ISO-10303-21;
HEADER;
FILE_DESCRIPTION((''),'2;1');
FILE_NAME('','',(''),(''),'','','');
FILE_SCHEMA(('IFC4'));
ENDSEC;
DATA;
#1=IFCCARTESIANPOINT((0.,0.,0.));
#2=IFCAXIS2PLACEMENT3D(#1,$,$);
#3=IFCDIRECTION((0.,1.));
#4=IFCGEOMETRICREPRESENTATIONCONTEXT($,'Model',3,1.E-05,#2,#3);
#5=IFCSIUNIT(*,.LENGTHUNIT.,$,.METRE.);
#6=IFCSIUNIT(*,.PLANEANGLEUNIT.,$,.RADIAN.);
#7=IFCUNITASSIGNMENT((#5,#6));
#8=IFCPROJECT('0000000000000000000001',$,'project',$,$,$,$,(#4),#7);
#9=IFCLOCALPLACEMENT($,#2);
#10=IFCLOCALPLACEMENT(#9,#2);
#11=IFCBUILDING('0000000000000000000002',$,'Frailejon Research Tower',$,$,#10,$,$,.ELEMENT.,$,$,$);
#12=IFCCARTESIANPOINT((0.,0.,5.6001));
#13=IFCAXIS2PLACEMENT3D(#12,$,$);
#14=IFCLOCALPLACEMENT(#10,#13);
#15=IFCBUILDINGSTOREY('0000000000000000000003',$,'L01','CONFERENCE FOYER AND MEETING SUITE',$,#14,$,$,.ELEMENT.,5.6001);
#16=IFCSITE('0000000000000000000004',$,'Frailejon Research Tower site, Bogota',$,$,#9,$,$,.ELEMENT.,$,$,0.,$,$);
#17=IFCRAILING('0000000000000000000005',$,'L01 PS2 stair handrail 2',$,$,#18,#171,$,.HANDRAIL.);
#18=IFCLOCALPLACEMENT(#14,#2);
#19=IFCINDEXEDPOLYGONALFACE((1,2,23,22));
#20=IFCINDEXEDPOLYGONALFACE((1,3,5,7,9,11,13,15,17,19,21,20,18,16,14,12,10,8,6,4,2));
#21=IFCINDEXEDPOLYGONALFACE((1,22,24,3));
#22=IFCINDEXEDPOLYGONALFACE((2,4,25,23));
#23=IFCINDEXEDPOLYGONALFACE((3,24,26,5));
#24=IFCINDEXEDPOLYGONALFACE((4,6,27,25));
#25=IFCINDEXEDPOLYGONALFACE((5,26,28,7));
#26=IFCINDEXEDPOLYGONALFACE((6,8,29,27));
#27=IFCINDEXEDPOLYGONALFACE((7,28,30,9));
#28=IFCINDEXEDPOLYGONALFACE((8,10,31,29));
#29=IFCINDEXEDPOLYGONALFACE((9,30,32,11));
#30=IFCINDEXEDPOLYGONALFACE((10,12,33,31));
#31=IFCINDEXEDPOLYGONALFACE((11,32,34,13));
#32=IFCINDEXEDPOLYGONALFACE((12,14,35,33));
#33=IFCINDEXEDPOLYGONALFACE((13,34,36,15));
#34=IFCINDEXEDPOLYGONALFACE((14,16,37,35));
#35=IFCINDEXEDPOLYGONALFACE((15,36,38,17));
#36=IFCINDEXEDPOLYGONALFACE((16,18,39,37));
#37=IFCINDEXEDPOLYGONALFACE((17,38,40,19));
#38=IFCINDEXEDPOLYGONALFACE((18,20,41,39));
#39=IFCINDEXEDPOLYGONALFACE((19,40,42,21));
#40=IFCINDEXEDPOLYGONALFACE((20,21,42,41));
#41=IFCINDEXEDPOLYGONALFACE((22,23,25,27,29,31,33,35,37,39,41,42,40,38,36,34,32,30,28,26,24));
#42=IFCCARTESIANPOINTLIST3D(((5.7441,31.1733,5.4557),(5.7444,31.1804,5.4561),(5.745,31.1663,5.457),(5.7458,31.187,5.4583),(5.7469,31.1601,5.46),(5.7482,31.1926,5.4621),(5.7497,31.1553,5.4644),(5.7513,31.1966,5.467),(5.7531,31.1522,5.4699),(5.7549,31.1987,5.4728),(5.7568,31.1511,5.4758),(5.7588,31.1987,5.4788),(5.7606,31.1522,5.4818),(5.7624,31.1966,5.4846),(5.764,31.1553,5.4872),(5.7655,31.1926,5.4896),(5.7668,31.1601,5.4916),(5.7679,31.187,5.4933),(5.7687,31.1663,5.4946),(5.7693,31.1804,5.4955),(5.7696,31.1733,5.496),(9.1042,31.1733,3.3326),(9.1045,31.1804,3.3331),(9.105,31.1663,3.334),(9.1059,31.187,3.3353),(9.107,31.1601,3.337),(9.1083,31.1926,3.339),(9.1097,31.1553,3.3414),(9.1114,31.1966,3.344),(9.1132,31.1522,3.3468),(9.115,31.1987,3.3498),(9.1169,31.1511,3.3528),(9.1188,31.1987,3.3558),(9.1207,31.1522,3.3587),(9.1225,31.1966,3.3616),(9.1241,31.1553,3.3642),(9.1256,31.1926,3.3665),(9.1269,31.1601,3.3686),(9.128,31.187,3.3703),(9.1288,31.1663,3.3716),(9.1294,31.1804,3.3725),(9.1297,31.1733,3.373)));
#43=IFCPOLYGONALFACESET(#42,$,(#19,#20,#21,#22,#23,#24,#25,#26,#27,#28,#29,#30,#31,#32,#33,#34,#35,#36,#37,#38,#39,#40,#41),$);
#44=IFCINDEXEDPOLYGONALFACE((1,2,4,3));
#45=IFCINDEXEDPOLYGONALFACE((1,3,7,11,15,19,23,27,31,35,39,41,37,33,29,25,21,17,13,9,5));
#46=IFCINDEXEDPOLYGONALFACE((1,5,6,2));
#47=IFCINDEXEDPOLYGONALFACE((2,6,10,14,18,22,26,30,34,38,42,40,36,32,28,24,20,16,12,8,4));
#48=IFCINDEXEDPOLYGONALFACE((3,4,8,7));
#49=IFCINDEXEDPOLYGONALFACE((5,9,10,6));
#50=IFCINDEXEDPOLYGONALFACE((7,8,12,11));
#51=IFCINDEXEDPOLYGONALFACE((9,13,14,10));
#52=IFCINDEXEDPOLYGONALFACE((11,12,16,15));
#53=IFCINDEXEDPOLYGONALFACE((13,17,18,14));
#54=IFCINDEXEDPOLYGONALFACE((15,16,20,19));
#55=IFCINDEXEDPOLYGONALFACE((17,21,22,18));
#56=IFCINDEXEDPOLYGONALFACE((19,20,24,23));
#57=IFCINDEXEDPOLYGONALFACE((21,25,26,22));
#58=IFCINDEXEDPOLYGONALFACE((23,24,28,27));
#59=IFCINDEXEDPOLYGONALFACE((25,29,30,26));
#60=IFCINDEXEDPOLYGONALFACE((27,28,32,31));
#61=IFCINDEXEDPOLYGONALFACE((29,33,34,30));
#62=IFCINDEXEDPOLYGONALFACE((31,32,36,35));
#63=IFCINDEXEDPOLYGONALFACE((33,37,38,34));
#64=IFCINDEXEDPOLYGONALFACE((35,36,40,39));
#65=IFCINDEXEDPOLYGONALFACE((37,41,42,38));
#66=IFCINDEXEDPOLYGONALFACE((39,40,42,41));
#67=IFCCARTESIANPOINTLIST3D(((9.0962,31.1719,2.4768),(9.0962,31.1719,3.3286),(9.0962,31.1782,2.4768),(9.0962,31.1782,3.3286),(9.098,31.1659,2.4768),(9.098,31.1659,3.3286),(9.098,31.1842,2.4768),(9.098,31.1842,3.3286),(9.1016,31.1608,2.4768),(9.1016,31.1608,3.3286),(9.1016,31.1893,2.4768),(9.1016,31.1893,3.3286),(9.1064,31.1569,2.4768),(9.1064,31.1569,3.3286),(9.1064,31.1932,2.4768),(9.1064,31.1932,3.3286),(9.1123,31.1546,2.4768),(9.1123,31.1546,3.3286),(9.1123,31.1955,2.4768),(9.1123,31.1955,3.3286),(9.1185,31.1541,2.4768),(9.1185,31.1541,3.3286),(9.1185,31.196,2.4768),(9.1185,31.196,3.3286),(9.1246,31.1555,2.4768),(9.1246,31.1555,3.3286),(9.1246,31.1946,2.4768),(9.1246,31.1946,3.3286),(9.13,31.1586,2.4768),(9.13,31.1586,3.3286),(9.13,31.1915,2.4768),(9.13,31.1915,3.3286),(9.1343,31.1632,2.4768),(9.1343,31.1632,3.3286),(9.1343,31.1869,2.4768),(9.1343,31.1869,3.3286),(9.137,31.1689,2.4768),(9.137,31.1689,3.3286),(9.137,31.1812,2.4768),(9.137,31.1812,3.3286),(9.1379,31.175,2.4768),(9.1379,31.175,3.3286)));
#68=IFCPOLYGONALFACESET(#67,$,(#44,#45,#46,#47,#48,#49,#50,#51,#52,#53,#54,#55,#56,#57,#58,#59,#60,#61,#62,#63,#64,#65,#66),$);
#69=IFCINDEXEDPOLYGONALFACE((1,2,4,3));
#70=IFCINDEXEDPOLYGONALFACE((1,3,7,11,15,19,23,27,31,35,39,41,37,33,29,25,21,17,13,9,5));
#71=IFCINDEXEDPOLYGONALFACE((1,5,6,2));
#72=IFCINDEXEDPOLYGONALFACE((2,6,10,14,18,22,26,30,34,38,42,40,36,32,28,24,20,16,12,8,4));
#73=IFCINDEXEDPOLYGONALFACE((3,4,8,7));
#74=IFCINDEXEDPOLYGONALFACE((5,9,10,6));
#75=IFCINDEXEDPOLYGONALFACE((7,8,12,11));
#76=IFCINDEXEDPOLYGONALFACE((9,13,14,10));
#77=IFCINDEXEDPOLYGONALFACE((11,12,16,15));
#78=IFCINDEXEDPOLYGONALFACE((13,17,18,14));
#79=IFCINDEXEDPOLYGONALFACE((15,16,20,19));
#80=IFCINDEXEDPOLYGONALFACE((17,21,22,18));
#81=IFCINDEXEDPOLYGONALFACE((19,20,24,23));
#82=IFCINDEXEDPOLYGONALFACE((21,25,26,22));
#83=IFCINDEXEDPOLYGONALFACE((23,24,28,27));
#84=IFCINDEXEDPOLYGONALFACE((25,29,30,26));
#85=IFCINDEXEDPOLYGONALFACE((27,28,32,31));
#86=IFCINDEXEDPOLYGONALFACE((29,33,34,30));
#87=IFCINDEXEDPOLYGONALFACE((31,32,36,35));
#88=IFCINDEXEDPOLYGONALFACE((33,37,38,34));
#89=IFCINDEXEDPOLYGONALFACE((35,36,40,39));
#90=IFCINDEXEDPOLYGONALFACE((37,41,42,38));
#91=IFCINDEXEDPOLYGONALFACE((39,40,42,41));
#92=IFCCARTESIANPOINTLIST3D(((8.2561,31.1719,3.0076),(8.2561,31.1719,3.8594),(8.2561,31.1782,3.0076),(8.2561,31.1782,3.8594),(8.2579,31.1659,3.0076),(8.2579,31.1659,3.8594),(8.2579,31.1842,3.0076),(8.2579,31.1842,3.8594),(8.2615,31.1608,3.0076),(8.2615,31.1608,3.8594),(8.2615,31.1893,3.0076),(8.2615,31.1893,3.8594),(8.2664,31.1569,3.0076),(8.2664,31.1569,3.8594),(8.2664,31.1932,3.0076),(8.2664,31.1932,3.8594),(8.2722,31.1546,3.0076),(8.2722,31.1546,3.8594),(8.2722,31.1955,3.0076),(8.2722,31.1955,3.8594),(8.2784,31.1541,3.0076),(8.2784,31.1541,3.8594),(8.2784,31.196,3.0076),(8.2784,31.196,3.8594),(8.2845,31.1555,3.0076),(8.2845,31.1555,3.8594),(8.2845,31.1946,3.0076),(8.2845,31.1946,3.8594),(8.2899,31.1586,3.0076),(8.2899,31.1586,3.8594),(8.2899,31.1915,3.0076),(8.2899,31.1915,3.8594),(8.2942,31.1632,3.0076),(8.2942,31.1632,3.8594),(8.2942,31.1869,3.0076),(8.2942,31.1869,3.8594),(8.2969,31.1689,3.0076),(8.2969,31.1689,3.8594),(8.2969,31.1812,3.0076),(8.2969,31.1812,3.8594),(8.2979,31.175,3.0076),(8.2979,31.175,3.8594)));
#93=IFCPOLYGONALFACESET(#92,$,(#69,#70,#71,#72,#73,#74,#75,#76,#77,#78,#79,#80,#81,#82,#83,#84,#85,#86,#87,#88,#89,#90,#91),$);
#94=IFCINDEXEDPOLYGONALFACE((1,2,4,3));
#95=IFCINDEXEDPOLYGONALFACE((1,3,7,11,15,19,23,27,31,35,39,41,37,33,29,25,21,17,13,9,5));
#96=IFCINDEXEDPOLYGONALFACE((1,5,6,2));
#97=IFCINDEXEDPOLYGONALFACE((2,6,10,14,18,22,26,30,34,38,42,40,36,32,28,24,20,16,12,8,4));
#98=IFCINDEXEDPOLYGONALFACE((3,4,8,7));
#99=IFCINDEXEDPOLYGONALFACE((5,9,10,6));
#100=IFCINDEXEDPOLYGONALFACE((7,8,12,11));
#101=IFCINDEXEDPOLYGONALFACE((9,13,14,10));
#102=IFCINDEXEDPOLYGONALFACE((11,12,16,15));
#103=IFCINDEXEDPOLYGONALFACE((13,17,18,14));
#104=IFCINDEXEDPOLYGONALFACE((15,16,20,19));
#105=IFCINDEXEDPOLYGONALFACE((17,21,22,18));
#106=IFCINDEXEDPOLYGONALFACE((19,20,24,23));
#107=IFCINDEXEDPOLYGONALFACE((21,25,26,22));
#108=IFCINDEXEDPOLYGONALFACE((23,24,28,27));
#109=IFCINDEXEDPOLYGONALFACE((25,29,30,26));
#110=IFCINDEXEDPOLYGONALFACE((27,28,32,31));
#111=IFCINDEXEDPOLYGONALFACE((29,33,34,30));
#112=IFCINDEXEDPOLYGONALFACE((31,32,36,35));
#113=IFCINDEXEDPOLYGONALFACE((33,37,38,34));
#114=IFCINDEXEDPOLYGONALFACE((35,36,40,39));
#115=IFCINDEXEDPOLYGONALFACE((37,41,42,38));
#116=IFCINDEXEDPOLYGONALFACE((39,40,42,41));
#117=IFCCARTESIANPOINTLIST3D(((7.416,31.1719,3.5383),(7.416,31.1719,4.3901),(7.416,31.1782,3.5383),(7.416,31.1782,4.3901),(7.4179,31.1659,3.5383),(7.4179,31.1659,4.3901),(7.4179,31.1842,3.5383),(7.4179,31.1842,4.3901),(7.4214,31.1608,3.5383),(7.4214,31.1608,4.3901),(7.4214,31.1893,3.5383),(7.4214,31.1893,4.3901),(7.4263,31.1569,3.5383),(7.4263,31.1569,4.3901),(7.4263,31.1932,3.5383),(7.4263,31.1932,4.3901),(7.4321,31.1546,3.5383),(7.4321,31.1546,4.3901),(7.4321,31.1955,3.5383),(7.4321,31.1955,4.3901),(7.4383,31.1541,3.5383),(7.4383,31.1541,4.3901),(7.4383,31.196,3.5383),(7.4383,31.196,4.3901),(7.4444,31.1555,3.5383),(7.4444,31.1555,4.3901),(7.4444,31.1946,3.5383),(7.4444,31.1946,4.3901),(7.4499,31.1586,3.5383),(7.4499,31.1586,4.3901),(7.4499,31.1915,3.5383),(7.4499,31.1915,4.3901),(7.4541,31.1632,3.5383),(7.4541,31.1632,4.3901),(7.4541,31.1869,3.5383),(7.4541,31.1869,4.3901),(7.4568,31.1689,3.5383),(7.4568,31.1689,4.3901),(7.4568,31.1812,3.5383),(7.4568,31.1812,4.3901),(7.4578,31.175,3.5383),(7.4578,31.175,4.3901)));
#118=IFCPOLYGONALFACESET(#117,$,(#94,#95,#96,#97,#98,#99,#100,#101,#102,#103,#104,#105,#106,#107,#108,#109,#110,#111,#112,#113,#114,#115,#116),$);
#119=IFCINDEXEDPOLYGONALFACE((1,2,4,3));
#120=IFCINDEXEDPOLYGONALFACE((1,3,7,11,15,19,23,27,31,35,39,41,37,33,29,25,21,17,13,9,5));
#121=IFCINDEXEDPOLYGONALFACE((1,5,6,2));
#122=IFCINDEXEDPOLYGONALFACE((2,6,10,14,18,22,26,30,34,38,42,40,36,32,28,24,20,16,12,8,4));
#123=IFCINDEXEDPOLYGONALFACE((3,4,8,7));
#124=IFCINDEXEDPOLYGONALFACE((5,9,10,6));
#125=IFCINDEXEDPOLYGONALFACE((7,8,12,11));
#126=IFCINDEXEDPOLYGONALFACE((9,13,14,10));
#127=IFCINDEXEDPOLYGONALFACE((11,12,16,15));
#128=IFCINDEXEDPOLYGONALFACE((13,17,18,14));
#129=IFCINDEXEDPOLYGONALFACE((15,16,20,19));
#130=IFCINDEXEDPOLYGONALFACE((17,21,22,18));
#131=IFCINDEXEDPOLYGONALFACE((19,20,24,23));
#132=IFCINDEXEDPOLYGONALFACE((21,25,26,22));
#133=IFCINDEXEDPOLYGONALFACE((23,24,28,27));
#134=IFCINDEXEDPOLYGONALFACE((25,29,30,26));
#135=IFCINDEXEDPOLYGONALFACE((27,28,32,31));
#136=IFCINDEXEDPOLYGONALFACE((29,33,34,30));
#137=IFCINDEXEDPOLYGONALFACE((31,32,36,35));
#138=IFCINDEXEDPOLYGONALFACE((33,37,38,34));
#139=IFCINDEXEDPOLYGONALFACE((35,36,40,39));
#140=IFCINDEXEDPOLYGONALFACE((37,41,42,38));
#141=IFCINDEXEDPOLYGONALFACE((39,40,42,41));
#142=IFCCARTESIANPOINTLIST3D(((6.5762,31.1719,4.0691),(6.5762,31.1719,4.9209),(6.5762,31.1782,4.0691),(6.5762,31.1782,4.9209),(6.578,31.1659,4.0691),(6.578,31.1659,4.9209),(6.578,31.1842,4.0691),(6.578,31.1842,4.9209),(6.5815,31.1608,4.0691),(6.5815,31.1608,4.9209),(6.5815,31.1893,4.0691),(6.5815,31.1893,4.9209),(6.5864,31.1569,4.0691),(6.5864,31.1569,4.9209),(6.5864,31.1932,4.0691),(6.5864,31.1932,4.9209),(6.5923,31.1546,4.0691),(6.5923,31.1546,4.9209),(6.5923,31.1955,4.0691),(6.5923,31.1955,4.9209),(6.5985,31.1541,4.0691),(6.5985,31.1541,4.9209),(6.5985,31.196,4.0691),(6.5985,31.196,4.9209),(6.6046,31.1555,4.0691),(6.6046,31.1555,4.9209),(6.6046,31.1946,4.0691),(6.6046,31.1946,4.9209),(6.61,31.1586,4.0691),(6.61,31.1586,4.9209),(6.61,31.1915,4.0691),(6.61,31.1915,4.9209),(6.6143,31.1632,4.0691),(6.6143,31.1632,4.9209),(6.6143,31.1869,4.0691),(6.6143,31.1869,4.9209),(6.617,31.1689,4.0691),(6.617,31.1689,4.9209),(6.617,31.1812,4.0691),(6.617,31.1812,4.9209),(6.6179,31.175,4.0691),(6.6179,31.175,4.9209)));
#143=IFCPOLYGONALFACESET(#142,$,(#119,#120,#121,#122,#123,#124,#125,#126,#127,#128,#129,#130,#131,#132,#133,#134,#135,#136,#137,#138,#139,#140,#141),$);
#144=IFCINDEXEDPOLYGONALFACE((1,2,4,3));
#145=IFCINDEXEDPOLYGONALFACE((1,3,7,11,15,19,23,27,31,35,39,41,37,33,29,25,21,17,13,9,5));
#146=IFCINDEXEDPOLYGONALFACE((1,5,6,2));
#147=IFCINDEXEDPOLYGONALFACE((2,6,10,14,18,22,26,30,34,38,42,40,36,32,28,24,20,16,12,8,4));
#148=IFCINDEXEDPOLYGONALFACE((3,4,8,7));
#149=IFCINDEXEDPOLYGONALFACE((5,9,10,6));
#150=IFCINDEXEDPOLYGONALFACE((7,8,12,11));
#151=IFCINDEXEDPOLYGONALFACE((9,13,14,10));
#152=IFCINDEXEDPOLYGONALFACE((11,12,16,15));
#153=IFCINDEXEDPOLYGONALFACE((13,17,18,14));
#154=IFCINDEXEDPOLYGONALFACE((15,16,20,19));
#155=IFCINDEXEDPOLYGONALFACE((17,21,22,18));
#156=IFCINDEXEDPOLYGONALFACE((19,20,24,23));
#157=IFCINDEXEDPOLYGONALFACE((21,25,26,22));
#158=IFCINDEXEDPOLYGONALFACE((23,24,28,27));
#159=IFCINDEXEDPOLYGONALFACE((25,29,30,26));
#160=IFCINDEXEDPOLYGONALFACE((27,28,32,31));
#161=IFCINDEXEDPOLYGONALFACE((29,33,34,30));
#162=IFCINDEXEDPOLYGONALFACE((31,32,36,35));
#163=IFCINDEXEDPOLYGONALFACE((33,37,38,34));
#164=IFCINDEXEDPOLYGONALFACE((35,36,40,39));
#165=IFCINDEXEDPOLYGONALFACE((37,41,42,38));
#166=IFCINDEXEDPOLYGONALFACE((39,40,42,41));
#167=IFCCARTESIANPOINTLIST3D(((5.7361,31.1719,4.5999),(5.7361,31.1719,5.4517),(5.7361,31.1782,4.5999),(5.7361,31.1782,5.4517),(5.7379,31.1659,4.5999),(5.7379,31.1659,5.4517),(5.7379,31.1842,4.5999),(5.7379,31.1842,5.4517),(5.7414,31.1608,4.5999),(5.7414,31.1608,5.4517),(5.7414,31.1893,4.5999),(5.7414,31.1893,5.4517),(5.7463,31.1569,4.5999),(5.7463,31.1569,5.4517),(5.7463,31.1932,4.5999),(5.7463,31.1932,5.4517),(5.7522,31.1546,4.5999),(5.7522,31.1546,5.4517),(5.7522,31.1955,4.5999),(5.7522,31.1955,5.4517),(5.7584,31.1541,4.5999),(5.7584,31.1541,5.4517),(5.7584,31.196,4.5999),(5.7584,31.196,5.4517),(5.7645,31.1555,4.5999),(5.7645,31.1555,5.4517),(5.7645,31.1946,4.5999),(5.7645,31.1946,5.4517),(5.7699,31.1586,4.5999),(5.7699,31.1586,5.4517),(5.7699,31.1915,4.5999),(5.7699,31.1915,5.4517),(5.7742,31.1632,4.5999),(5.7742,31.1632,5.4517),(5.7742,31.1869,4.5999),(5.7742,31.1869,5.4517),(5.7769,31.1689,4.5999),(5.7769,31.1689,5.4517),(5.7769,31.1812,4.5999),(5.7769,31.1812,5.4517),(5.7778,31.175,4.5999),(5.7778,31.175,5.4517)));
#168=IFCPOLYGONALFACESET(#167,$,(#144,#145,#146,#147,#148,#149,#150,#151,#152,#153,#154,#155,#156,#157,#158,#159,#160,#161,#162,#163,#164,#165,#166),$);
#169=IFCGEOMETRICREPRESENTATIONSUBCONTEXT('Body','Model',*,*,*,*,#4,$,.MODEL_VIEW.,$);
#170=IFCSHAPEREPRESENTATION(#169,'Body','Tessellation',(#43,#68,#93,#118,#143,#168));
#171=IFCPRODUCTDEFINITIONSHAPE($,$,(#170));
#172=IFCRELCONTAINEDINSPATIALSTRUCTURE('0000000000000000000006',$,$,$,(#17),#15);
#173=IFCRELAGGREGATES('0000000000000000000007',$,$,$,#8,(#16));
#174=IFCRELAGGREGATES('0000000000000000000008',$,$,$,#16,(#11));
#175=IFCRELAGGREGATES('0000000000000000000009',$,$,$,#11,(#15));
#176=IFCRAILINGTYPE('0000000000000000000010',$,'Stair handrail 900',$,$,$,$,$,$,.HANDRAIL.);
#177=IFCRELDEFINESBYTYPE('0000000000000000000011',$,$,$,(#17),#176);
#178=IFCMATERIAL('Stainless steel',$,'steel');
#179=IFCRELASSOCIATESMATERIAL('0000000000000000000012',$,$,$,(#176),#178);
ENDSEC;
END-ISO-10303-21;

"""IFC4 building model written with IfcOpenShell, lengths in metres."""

from ifc_helpers import new_model, si_unit, direction, frame, origin, origin_2d, place, context, subcontext, project, spatial, circle, extrude, material, type_object, element, save


model = new_model("IFC4")

# Units and contexts
model_context = context("Model", 3, precision=1e-05, world=origin(), true_north=direction((0.0, 1.0)))
body_context = subcontext(model_context, "Body", "Model", "MODEL_VIEW")
ifc_project = project(units=[si_unit("LENGTHUNIT", "METRE"), si_unit("PLANEANGLEUNIT", "RADIAN")], contexts=[model_context])

# Site, building, storey
site_placement = place(None, origin())
site = spatial("IfcSite", under=ifc_project, at=site_placement, Name="Frailejon Research Tower site, Bogota", CompositionType="ELEMENT", RefElevation=0.0)
building_placement = place(site_placement, origin())
building = spatial("IfcBuilding", under=site, at=building_placement, Name="Frailejon Research Tower", CompositionType="ELEMENT")
storey_placement = place(building_placement, frame((0.0, 0.0, 5.6001)))
storey = spatial("IfcBuildingStorey", under=building, at=storey_placement, Name="L01", Description="CONFERENCE FOYER AND MEETING SUITE", CompositionType="ELEMENT", Elevation=5.6001)

# Railing
ifc_material_1 = material(Name="Stainless steel", Category="steel")
railing_type_1 = type_object("IfcRailingType", Name="Stair handrail 900", PredefinedType="HANDRAIL", material=ifc_material_1)
railing_1_placement = place(storey_placement, frame((9.1169, 31.175, 2.4768)))
element("IfcRailing", 1, at=railing_1_placement, inside=storey, type_object=railing_type_1, Name="L01 PS2 stair handrail 2", PredefinedType="HANDRAIL", context=body_context, shape_type="SweptSolid", body=[
    extrude(circle(Radius=0.0239, at=origin_2d()), frame((0.0, 0.0, 0.876), z_axis=(-0.84539, 0.0, 0.53415), x_axis=(0.0, -1.0, 0.0)), (0.0, 0.0, 1.0), 3.9746),
    extrude(circle(Radius=0.021, at=origin_2d()), origin(), (0.0, 0.0, 1.0), 0.8518),
    extrude(circle(Radius=0.021, at=origin_2d()), frame((-0.8401, 0.0, 0.5308)), (0.0, 0.0, 1.0), 0.8518),
    extrude(circle(Radius=0.021, at=origin_2d()), frame((-1.6802, 0.0, 1.0615)), (0.0, 0.0, 1.0), 0.8518),
    extrude(circle(Radius=0.021, at=origin_2d()), frame((-2.52, 0.0, 1.5923)), (0.0, 0.0, 1.0), 0.8518),
    extrude(circle(Radius=0.021, at=origin_2d()), frame((-3.3601, 0.0, 2.123)), (0.0, 0.0, 1.0), 0.8518),
])

save(model, "model.ifc")
